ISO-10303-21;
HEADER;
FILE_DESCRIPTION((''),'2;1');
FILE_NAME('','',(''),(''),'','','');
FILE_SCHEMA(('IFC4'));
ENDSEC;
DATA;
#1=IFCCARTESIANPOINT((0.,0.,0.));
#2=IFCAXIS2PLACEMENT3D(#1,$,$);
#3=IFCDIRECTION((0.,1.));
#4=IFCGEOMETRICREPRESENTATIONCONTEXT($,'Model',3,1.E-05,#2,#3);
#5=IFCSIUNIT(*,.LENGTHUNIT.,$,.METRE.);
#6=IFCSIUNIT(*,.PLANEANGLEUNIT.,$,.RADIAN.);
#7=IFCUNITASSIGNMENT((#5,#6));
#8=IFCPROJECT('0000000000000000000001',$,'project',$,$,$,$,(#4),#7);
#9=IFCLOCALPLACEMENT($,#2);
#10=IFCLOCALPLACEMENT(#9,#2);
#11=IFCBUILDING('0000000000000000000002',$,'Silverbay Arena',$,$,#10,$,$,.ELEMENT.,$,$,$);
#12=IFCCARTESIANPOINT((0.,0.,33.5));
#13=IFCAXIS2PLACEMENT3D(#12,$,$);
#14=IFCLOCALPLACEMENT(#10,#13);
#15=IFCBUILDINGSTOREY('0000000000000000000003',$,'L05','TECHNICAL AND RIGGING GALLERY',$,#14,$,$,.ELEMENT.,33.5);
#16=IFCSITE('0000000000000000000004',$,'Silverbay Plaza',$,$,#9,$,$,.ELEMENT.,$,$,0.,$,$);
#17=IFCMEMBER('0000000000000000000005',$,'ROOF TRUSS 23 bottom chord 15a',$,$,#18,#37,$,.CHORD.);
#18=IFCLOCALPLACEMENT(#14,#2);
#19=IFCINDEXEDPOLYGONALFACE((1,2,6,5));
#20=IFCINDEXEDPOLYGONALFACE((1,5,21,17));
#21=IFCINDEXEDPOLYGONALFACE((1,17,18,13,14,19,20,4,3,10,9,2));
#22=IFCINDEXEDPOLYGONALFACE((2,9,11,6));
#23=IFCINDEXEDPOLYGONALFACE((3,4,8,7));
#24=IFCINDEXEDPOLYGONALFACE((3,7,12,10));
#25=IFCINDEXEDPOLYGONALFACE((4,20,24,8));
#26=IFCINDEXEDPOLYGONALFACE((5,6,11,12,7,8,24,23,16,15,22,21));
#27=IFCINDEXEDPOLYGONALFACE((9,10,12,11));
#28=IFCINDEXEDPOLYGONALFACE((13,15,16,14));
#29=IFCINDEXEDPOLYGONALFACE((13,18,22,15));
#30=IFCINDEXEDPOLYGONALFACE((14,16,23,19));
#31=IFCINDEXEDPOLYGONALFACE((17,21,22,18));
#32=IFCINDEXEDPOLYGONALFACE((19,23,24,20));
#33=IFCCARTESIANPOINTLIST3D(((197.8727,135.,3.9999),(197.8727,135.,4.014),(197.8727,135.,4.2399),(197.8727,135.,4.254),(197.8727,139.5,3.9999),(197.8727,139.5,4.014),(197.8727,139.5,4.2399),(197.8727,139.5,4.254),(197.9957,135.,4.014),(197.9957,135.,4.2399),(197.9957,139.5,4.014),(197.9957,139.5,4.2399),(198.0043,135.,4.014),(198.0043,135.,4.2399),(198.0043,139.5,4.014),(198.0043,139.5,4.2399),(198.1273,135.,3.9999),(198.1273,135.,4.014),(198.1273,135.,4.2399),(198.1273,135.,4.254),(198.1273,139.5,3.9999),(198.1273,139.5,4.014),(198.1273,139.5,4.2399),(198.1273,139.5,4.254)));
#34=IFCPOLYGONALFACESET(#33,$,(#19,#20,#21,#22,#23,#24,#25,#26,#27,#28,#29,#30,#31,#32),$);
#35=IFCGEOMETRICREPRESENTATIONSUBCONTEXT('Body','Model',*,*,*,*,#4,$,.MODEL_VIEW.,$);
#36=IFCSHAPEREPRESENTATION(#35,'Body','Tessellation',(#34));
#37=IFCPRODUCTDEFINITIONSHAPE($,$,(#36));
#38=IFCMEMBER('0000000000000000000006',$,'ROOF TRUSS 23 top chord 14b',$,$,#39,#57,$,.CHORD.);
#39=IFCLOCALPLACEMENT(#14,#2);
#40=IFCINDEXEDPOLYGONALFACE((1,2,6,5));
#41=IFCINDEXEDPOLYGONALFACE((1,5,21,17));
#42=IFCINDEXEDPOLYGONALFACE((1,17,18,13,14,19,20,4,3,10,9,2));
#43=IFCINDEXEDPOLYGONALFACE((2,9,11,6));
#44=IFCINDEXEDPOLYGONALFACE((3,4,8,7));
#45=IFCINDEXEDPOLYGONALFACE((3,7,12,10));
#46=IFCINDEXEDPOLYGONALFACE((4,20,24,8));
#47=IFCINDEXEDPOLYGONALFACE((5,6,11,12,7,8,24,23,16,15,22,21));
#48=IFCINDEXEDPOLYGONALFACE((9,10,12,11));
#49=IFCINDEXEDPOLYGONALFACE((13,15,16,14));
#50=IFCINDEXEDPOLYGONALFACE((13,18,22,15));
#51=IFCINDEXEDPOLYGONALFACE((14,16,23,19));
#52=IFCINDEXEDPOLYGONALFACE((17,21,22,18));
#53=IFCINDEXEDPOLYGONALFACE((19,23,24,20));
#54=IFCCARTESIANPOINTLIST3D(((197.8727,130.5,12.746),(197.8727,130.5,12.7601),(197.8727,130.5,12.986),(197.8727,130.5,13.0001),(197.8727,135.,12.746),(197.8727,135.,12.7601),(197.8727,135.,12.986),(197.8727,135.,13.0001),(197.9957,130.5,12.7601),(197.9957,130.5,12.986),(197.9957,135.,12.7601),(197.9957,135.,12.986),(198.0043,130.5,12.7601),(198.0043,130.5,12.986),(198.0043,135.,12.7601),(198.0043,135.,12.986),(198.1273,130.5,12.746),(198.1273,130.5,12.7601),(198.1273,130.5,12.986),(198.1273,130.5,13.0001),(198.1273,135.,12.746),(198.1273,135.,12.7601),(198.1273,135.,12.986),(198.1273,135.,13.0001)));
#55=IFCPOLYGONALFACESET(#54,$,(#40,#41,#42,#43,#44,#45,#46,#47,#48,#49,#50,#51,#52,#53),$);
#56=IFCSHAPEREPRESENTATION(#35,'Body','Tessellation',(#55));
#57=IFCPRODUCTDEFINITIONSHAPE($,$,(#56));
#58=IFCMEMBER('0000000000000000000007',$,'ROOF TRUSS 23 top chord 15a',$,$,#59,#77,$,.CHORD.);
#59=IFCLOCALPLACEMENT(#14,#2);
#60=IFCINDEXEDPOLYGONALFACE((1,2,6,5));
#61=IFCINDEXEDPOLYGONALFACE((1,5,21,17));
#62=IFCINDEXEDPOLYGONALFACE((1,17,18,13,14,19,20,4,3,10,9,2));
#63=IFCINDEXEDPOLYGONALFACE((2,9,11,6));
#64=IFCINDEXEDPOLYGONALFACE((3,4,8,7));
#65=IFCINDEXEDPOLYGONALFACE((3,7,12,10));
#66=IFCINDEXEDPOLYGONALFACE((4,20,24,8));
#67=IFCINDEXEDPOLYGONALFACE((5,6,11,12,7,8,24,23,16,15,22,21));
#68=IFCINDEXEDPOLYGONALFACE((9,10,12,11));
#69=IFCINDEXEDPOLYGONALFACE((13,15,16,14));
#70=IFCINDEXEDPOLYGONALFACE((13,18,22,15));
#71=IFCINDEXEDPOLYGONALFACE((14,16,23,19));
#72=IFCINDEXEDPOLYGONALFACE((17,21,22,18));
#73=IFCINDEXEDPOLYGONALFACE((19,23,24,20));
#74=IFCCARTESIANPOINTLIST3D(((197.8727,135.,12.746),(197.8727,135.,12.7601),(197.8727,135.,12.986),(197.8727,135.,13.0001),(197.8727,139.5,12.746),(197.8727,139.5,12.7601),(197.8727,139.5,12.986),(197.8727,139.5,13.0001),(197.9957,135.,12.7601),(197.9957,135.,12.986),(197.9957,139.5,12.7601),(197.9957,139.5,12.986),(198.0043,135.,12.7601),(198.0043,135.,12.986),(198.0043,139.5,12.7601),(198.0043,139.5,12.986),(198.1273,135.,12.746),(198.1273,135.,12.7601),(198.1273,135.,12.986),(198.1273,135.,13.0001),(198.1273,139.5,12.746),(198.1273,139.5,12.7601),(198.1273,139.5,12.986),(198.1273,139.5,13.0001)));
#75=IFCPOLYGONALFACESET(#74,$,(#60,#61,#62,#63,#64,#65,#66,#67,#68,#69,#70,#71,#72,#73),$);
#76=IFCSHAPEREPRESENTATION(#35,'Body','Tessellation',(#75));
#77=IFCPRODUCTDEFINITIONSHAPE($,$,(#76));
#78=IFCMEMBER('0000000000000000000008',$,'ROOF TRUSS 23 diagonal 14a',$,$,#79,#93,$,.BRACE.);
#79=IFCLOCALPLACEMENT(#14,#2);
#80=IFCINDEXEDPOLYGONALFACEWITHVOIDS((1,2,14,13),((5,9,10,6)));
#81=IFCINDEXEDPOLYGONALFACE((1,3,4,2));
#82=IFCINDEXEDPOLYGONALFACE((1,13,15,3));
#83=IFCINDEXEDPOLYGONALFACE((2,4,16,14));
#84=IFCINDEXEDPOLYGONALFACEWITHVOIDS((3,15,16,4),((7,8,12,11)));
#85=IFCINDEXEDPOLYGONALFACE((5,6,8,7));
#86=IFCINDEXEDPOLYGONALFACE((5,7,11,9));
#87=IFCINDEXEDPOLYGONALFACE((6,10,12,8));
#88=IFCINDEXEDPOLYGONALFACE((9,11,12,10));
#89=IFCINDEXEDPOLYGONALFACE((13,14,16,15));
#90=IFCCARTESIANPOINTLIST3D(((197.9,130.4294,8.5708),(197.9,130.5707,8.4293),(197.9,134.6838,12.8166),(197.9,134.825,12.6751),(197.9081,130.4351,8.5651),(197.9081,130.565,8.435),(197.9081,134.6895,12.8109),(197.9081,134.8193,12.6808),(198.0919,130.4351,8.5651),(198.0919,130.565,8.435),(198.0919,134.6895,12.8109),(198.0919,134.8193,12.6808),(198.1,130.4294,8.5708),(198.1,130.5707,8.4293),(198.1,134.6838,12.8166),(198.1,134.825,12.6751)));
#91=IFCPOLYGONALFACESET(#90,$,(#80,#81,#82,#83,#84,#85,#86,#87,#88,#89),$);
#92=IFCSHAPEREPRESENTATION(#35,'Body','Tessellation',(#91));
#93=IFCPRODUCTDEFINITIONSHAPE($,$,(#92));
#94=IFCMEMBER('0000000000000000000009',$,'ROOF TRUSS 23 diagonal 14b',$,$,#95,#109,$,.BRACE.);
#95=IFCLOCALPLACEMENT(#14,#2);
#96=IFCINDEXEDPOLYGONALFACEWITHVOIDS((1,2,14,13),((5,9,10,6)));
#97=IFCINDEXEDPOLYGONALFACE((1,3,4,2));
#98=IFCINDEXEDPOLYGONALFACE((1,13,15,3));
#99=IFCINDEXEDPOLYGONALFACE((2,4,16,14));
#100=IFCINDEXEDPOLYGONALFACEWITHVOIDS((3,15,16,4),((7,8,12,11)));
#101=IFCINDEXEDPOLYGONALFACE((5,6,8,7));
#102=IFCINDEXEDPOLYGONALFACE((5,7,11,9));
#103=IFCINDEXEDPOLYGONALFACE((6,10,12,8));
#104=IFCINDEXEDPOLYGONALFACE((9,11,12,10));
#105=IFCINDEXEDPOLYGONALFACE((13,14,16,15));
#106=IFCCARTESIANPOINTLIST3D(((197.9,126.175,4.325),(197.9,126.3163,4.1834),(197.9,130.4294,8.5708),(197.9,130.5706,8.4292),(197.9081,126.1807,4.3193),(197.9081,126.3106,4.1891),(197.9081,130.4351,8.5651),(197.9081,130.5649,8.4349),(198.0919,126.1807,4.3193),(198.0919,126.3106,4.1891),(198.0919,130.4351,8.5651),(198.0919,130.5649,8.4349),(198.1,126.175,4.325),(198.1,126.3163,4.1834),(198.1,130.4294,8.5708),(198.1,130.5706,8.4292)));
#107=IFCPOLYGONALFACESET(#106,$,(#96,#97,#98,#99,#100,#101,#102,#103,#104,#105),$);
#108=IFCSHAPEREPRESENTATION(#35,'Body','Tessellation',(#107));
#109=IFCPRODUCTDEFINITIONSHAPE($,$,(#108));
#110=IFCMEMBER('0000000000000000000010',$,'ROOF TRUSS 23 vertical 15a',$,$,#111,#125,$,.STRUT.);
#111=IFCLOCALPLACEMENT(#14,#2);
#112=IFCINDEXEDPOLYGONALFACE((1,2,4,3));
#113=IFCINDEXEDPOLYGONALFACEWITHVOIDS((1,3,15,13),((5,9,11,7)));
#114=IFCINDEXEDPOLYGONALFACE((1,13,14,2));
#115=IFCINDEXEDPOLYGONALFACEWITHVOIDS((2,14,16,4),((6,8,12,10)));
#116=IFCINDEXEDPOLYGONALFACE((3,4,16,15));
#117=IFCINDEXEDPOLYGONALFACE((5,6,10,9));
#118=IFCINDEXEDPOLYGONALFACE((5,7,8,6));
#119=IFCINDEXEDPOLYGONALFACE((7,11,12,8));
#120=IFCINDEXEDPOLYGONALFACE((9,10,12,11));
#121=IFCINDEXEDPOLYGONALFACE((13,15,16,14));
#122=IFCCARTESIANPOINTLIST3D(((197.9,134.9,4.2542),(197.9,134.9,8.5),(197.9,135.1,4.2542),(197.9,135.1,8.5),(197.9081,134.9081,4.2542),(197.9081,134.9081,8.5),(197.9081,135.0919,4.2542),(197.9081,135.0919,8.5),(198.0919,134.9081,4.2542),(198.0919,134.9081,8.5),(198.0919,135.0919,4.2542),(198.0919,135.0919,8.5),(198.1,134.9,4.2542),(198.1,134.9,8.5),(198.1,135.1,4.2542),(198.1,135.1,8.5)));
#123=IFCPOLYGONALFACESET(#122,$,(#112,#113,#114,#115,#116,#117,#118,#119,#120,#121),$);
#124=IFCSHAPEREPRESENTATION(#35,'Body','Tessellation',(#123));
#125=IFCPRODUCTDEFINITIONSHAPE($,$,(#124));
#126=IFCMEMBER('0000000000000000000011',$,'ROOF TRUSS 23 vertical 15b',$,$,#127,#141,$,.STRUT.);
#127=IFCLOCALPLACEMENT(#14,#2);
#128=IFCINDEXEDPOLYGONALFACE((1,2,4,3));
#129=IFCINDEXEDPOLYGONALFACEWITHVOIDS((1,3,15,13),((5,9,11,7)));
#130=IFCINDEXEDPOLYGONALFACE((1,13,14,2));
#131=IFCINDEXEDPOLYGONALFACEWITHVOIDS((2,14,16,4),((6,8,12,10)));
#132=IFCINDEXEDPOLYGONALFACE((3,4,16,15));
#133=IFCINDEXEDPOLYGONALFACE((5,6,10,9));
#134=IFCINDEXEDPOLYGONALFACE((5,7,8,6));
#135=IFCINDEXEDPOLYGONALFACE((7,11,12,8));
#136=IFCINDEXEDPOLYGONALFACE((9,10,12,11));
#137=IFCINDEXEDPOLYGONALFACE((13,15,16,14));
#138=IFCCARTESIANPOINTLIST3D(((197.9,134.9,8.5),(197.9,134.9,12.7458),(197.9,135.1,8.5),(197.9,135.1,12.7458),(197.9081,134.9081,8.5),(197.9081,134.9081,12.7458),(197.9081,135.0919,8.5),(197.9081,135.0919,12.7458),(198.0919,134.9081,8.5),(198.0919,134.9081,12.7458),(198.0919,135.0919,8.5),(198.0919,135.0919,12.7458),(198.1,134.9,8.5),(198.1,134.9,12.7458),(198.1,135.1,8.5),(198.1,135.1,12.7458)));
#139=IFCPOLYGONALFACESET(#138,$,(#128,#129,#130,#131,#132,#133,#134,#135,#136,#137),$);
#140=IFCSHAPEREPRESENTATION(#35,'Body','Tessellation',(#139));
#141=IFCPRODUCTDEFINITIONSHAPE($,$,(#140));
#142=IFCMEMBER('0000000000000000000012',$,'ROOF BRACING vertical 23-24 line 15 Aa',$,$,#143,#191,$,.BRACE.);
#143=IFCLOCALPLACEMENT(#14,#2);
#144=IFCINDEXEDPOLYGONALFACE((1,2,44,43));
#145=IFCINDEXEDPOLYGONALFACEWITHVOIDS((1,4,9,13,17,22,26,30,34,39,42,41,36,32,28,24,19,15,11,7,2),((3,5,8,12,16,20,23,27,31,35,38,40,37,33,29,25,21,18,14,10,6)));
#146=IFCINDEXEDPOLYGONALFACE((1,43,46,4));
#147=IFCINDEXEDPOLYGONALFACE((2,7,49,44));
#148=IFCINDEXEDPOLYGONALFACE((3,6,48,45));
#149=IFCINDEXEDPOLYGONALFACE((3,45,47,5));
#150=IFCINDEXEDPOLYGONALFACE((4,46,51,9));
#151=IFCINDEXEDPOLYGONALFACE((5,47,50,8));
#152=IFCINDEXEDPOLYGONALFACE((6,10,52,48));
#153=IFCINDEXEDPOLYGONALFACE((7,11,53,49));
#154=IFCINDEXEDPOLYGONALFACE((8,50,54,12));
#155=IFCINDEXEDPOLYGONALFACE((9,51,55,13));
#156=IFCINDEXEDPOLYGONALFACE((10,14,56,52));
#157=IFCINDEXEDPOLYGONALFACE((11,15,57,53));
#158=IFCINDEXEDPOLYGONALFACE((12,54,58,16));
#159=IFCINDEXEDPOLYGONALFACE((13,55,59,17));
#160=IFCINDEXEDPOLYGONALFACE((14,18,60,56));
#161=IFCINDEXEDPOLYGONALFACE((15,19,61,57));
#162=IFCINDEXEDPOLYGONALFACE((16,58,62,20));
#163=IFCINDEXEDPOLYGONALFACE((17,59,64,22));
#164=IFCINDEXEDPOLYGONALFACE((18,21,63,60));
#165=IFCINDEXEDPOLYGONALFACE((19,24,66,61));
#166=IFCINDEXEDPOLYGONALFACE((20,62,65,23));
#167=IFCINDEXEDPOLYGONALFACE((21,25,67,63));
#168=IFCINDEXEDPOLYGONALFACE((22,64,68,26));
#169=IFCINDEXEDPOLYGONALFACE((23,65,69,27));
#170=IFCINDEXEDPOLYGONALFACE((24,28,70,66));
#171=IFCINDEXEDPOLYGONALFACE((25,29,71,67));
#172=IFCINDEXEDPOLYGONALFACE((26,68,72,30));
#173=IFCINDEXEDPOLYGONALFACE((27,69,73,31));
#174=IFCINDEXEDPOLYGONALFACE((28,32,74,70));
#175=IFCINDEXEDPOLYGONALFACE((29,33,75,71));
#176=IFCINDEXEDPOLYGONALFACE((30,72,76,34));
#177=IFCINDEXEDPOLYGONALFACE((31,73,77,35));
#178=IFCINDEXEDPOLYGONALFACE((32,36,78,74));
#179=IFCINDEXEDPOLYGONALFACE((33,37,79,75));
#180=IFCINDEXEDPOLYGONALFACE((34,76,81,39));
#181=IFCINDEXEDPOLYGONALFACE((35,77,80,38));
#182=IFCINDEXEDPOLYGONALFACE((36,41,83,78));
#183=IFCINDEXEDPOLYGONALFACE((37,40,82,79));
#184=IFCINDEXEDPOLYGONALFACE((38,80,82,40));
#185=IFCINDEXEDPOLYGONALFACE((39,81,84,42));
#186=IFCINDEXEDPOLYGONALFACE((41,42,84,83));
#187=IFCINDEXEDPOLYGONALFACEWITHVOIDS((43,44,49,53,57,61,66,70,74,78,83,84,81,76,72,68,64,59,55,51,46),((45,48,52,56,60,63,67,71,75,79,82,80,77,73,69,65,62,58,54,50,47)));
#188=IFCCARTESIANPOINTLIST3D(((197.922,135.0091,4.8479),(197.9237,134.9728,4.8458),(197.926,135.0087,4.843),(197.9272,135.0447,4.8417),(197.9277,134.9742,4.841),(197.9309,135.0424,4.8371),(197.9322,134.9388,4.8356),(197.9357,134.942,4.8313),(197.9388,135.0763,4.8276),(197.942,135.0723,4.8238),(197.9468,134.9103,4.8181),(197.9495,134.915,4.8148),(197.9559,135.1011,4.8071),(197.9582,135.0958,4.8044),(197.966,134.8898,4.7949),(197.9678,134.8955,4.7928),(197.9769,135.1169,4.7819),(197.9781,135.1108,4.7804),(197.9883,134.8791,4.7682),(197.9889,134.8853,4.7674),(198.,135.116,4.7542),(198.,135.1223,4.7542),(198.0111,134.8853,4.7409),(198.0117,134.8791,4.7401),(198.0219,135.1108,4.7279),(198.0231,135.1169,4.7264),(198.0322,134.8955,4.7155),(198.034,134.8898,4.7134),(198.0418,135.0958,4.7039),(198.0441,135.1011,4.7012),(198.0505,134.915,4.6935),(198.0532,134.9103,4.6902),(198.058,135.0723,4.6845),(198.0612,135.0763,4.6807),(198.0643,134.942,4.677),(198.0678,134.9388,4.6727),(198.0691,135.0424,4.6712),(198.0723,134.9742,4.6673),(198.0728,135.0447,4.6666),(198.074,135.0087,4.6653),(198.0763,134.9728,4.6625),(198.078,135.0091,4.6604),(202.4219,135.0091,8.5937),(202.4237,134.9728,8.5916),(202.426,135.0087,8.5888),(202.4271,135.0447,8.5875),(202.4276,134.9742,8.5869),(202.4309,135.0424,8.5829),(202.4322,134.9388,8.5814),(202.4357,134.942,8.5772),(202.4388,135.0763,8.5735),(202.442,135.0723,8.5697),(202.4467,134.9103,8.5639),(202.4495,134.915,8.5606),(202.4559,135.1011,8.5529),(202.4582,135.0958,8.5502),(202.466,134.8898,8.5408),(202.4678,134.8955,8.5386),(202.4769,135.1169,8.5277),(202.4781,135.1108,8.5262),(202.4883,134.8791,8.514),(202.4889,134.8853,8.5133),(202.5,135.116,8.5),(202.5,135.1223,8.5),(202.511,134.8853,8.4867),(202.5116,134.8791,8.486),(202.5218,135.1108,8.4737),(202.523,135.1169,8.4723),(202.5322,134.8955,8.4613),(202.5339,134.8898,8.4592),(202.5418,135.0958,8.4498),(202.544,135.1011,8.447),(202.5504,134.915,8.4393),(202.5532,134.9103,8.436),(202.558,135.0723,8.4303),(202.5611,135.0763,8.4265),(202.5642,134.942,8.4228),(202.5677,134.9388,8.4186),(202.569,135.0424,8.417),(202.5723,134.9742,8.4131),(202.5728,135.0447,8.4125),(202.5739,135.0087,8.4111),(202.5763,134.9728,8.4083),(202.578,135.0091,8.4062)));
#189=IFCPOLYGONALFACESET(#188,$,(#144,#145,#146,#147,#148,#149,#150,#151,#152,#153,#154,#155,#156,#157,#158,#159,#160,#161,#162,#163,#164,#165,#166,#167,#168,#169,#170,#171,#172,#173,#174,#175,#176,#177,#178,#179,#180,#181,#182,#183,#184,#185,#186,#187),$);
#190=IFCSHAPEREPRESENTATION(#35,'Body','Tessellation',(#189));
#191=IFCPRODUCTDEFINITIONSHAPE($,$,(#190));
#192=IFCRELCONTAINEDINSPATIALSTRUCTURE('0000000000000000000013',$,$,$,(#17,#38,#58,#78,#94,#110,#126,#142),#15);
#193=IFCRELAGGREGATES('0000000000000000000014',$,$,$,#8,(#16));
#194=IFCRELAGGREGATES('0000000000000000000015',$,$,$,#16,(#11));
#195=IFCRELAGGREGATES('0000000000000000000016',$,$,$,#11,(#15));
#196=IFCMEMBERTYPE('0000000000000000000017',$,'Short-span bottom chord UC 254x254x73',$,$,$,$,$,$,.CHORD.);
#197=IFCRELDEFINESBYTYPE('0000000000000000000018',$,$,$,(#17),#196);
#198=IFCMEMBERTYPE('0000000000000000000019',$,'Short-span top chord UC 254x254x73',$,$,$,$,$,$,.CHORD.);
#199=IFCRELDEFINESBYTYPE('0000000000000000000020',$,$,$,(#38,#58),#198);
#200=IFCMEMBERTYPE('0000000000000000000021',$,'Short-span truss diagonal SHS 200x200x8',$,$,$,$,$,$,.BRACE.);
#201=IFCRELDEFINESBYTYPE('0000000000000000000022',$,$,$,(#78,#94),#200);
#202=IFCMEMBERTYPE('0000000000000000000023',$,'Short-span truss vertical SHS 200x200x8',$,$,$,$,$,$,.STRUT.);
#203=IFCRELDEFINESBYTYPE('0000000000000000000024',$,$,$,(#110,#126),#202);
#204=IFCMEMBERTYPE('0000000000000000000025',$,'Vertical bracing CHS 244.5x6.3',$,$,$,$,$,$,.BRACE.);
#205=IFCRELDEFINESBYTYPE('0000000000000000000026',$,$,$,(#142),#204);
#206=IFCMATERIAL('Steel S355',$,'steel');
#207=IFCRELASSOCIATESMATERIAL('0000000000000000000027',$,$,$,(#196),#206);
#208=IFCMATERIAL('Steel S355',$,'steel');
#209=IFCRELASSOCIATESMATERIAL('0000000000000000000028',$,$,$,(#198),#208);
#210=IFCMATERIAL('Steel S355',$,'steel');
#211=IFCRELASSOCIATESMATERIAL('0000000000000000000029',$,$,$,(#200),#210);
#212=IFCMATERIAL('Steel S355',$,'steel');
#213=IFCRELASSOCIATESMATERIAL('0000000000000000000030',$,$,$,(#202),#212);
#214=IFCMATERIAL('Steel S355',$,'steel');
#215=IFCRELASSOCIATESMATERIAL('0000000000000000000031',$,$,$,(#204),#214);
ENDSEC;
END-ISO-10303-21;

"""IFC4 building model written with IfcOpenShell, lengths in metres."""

from ifc_helpers import new_model, si_unit, direction, frame, origin, origin_2d, place, context, subcontext, project, spatial, hollow_rectangle, hollow_circle, i_section, extrude, material, material_profile, profile_set, type_object, element, save


model = new_model("IFC4")

# Units and contexts
model_context = context("Model", 3, precision=1e-05, world=origin(), true_north=direction((0.0, 1.0)))
body_context = subcontext(model_context, "Body", "Model", "MODEL_VIEW")
ifc_project = project(units=[si_unit("LENGTHUNIT", "METRE"), si_unit("PLANEANGLEUNIT", "RADIAN")], contexts=[model_context])

# Site, building, storey
site_placement = place(None, origin())
site = spatial("IfcSite", under=ifc_project, at=site_placement, Name="Silverbay Plaza", CompositionType="ELEMENT", RefElevation=0.0)
building_placement = place(site_placement, origin())
building = spatial("IfcBuilding", under=site, at=building_placement, Name="Silverbay Arena", CompositionType="ELEMENT")
storey_placement = place(building_placement, frame((0.0, 0.0, 33.5)))
storey = spatial("IfcBuildingStorey", under=building, at=storey_placement, Name="L05", Description="TECHNICAL AND RIGGING GALLERY", CompositionType="ELEMENT", Elevation=33.5)

# Members
ifc_material_1 = material(Name="Steel S355", Category="steel")
ifc_material_profile_1 = material_profile(ifc_material_1, i_section(OverallWidth=0.2546, OverallDepth=0.2542, WebThickness=0.0085, FlangeThickness=0.0142, at=origin_2d()), Name="UC 254x254x73")
ifc_profile_set_1 = profile_set([ifc_material_profile_1], Name="Steel S355")
member_type_1 = type_object("IfcMemberType", Name="Short-span bottom chord UC 254x254x73", PredefinedType="CHORD", material=ifc_profile_set_1)
for number, where, z_axis, x_axis, name in (
    (1, (198.0, 135.0, 4.127), (0.0, 1.0, 0.0), (-1.0, 0.0, 0.0), "ROOF TRUSS 23 bottom chord 15a"),
):
    element("IfcMember", number, at=place(storey_placement, frame(where, z_axis=z_axis, x_axis=x_axis)), inside=storey, type_object=member_type_1, Name=name, PredefinedType="CHORD", context=body_context, shape_type="SweptSolid", body=[
        extrude(i_section(OverallWidth=0.2546, OverallDepth=0.2542, WebThickness=0.0085, FlangeThickness=0.0142, at=origin_2d()), origin(), (0.0, 0.0, 1.0), 4.5),
    ])
ifc_material_2 = material(Name="Steel S355", Category="steel")
ifc_material_profile_2 = material_profile(ifc_material_2, i_section(OverallWidth=0.2546, OverallDepth=0.2542, WebThickness=0.0085, FlangeThickness=0.0142, at=origin_2d()), Name="UC 254x254x73")
ifc_profile_set_2 = profile_set([ifc_material_profile_2], Name="Steel S355")
member_type_2 = type_object("IfcMemberType", Name="Short-span top chord UC 254x254x73", PredefinedType="CHORD", material=ifc_profile_set_2)
for number, where, z_axis, x_axis, name in (
    (2, (198.0, 130.5, 12.873), (0.0, 1.0, 0.0), (-1.0, 0.0, 0.0), "ROOF TRUSS 23 top chord 14b"),
    (3, (198.0, 135.0, 12.873), (0.0, 1.0, 0.0), (-1.0, 0.0, 0.0), "ROOF TRUSS 23 top chord 15a"),
):
    element("IfcMember", number, at=place(storey_placement, frame(where, z_axis=z_axis, x_axis=x_axis)), inside=storey, type_object=member_type_2, Name=name, PredefinedType="CHORD", context=body_context, shape_type="SweptSolid", body=[
        extrude(i_section(OverallWidth=0.2546, OverallDepth=0.2542, WebThickness=0.0085, FlangeThickness=0.0142, at=origin_2d()), origin(), (0.0, 0.0, 1.0), 4.5),
    ])
ifc_material_3 = material(Name="Steel S355", Category="steel")
ifc_material_profile_3 = material_profile(ifc_material_3, hollow_rectangle(XDim=0.2, YDim=0.2, WallThickness=0.0081, at=origin_2d()), Name="SHS 200x200x8")
ifc_profile_set_3 = profile_set([ifc_material_profile_3], Name="Steel S355")
member_type_3 = type_object("IfcMemberType", Name="Short-span truss diagonal SHS 200x200x8", PredefinedType="BRACE", material=ifc_profile_set_3)
for number, where, z_axis, x_axis, name in (
    (4, (198.0, 134.7544, 12.7458), (0.0, -0.707817, -0.706396), (1.0, 0.0, 0.0), "ROOF TRUSS 23 diagonal 14a"),
    (5, (198.0, 130.5, 8.5), (0.0, -0.707817, -0.706396), (1.0, 0.0, 0.0), "ROOF TRUSS 23 diagonal 14b"),
):
    element("IfcMember", number, at=place(storey_placement, frame(where, z_axis=z_axis, x_axis=x_axis)), inside=storey, type_object=member_type_3, Name=name, PredefinedType="BRACE", context=body_context, shape_type="SweptSolid", body=[
        extrude(hollow_rectangle(XDim=0.2, YDim=0.2, WallThickness=0.0081, at=origin_2d()), origin(), (0.0, 0.0, 1.0), 6.0105),
    ])
ifc_material_4 = material(Name="Steel S355", Category="steel")
ifc_material_profile_4 = material_profile(ifc_material_4, hollow_rectangle(XDim=0.2, YDim=0.2, WallThickness=0.0081, at=origin_2d()), Name="SHS 200x200x8")
ifc_profile_set_4 = profile_set([ifc_material_profile_4], Name="Steel S355")
member_type_4 = type_object("IfcMemberType", Name="Short-span truss vertical SHS 200x200x8", PredefinedType="STRUT", material=ifc_profile_set_4)
for number, where, z_axis, x_axis, name in (
    (6, (198.0, 135.0, 4.2542), (0.0, 0.0, 1.0), (1.0, 0.0, 0.0), "ROOF TRUSS 23 vertical 15a"),
    (7, (198.0, 135.0, 8.5), (0.0, 0.0, 1.0), (1.0, 0.0, 0.0), "ROOF TRUSS 23 vertical 15b"),
):
    element("IfcMember", number, at=place(storey_placement, frame(where, z_axis=z_axis, x_axis=x_axis)), inside=storey, type_object=member_type_4, Name=name, PredefinedType="STRUT", context=body_context, shape_type="SweptSolid", body=[
        extrude(hollow_rectangle(XDim=0.2, YDim=0.2, WallThickness=0.0081, at=origin_2d()), origin(), (0.0, 0.0, 1.0), 4.2458),
    ])
ifc_material_5 = material(Name="Steel S355", Category="steel")
ifc_material_profile_5 = material_profile(ifc_material_5, hollow_circle(Radius=0.1223, WallThickness=0.0063, at=origin_2d()), Name="CHS 244.5x6.3")
ifc_profile_set_5 = profile_set([ifc_material_profile_5], Name="Steel S355")
member_type_5 = type_object("IfcMemberType", Name="Vertical bracing CHS 244.5x6.3", PredefinedType="BRACE", material=ifc_profile_set_5)
for number, where, z_axis, x_axis, name in (
    (8, (198.0, 135.0, 4.7542), (0.76857, 0.0, 0.639766), (0.0, 1.0, 0.0), "ROOF BRACING vertical 23-24 line 15 Aa"),
):
    element("IfcMember", number, at=place(storey_placement, frame(where, z_axis=z_axis, x_axis=x_axis)), inside=storey, type_object=member_type_5, Name=name, PredefinedType="BRACE", context=body_context, shape_type="SweptSolid", body=[
        extrude(hollow_circle(Radius=0.1223, WallThickness=0.0063, at=origin_2d()), origin(), (0.0, 0.0, 1.0), 5.855),
    ])

save(model, "model.ifc")
